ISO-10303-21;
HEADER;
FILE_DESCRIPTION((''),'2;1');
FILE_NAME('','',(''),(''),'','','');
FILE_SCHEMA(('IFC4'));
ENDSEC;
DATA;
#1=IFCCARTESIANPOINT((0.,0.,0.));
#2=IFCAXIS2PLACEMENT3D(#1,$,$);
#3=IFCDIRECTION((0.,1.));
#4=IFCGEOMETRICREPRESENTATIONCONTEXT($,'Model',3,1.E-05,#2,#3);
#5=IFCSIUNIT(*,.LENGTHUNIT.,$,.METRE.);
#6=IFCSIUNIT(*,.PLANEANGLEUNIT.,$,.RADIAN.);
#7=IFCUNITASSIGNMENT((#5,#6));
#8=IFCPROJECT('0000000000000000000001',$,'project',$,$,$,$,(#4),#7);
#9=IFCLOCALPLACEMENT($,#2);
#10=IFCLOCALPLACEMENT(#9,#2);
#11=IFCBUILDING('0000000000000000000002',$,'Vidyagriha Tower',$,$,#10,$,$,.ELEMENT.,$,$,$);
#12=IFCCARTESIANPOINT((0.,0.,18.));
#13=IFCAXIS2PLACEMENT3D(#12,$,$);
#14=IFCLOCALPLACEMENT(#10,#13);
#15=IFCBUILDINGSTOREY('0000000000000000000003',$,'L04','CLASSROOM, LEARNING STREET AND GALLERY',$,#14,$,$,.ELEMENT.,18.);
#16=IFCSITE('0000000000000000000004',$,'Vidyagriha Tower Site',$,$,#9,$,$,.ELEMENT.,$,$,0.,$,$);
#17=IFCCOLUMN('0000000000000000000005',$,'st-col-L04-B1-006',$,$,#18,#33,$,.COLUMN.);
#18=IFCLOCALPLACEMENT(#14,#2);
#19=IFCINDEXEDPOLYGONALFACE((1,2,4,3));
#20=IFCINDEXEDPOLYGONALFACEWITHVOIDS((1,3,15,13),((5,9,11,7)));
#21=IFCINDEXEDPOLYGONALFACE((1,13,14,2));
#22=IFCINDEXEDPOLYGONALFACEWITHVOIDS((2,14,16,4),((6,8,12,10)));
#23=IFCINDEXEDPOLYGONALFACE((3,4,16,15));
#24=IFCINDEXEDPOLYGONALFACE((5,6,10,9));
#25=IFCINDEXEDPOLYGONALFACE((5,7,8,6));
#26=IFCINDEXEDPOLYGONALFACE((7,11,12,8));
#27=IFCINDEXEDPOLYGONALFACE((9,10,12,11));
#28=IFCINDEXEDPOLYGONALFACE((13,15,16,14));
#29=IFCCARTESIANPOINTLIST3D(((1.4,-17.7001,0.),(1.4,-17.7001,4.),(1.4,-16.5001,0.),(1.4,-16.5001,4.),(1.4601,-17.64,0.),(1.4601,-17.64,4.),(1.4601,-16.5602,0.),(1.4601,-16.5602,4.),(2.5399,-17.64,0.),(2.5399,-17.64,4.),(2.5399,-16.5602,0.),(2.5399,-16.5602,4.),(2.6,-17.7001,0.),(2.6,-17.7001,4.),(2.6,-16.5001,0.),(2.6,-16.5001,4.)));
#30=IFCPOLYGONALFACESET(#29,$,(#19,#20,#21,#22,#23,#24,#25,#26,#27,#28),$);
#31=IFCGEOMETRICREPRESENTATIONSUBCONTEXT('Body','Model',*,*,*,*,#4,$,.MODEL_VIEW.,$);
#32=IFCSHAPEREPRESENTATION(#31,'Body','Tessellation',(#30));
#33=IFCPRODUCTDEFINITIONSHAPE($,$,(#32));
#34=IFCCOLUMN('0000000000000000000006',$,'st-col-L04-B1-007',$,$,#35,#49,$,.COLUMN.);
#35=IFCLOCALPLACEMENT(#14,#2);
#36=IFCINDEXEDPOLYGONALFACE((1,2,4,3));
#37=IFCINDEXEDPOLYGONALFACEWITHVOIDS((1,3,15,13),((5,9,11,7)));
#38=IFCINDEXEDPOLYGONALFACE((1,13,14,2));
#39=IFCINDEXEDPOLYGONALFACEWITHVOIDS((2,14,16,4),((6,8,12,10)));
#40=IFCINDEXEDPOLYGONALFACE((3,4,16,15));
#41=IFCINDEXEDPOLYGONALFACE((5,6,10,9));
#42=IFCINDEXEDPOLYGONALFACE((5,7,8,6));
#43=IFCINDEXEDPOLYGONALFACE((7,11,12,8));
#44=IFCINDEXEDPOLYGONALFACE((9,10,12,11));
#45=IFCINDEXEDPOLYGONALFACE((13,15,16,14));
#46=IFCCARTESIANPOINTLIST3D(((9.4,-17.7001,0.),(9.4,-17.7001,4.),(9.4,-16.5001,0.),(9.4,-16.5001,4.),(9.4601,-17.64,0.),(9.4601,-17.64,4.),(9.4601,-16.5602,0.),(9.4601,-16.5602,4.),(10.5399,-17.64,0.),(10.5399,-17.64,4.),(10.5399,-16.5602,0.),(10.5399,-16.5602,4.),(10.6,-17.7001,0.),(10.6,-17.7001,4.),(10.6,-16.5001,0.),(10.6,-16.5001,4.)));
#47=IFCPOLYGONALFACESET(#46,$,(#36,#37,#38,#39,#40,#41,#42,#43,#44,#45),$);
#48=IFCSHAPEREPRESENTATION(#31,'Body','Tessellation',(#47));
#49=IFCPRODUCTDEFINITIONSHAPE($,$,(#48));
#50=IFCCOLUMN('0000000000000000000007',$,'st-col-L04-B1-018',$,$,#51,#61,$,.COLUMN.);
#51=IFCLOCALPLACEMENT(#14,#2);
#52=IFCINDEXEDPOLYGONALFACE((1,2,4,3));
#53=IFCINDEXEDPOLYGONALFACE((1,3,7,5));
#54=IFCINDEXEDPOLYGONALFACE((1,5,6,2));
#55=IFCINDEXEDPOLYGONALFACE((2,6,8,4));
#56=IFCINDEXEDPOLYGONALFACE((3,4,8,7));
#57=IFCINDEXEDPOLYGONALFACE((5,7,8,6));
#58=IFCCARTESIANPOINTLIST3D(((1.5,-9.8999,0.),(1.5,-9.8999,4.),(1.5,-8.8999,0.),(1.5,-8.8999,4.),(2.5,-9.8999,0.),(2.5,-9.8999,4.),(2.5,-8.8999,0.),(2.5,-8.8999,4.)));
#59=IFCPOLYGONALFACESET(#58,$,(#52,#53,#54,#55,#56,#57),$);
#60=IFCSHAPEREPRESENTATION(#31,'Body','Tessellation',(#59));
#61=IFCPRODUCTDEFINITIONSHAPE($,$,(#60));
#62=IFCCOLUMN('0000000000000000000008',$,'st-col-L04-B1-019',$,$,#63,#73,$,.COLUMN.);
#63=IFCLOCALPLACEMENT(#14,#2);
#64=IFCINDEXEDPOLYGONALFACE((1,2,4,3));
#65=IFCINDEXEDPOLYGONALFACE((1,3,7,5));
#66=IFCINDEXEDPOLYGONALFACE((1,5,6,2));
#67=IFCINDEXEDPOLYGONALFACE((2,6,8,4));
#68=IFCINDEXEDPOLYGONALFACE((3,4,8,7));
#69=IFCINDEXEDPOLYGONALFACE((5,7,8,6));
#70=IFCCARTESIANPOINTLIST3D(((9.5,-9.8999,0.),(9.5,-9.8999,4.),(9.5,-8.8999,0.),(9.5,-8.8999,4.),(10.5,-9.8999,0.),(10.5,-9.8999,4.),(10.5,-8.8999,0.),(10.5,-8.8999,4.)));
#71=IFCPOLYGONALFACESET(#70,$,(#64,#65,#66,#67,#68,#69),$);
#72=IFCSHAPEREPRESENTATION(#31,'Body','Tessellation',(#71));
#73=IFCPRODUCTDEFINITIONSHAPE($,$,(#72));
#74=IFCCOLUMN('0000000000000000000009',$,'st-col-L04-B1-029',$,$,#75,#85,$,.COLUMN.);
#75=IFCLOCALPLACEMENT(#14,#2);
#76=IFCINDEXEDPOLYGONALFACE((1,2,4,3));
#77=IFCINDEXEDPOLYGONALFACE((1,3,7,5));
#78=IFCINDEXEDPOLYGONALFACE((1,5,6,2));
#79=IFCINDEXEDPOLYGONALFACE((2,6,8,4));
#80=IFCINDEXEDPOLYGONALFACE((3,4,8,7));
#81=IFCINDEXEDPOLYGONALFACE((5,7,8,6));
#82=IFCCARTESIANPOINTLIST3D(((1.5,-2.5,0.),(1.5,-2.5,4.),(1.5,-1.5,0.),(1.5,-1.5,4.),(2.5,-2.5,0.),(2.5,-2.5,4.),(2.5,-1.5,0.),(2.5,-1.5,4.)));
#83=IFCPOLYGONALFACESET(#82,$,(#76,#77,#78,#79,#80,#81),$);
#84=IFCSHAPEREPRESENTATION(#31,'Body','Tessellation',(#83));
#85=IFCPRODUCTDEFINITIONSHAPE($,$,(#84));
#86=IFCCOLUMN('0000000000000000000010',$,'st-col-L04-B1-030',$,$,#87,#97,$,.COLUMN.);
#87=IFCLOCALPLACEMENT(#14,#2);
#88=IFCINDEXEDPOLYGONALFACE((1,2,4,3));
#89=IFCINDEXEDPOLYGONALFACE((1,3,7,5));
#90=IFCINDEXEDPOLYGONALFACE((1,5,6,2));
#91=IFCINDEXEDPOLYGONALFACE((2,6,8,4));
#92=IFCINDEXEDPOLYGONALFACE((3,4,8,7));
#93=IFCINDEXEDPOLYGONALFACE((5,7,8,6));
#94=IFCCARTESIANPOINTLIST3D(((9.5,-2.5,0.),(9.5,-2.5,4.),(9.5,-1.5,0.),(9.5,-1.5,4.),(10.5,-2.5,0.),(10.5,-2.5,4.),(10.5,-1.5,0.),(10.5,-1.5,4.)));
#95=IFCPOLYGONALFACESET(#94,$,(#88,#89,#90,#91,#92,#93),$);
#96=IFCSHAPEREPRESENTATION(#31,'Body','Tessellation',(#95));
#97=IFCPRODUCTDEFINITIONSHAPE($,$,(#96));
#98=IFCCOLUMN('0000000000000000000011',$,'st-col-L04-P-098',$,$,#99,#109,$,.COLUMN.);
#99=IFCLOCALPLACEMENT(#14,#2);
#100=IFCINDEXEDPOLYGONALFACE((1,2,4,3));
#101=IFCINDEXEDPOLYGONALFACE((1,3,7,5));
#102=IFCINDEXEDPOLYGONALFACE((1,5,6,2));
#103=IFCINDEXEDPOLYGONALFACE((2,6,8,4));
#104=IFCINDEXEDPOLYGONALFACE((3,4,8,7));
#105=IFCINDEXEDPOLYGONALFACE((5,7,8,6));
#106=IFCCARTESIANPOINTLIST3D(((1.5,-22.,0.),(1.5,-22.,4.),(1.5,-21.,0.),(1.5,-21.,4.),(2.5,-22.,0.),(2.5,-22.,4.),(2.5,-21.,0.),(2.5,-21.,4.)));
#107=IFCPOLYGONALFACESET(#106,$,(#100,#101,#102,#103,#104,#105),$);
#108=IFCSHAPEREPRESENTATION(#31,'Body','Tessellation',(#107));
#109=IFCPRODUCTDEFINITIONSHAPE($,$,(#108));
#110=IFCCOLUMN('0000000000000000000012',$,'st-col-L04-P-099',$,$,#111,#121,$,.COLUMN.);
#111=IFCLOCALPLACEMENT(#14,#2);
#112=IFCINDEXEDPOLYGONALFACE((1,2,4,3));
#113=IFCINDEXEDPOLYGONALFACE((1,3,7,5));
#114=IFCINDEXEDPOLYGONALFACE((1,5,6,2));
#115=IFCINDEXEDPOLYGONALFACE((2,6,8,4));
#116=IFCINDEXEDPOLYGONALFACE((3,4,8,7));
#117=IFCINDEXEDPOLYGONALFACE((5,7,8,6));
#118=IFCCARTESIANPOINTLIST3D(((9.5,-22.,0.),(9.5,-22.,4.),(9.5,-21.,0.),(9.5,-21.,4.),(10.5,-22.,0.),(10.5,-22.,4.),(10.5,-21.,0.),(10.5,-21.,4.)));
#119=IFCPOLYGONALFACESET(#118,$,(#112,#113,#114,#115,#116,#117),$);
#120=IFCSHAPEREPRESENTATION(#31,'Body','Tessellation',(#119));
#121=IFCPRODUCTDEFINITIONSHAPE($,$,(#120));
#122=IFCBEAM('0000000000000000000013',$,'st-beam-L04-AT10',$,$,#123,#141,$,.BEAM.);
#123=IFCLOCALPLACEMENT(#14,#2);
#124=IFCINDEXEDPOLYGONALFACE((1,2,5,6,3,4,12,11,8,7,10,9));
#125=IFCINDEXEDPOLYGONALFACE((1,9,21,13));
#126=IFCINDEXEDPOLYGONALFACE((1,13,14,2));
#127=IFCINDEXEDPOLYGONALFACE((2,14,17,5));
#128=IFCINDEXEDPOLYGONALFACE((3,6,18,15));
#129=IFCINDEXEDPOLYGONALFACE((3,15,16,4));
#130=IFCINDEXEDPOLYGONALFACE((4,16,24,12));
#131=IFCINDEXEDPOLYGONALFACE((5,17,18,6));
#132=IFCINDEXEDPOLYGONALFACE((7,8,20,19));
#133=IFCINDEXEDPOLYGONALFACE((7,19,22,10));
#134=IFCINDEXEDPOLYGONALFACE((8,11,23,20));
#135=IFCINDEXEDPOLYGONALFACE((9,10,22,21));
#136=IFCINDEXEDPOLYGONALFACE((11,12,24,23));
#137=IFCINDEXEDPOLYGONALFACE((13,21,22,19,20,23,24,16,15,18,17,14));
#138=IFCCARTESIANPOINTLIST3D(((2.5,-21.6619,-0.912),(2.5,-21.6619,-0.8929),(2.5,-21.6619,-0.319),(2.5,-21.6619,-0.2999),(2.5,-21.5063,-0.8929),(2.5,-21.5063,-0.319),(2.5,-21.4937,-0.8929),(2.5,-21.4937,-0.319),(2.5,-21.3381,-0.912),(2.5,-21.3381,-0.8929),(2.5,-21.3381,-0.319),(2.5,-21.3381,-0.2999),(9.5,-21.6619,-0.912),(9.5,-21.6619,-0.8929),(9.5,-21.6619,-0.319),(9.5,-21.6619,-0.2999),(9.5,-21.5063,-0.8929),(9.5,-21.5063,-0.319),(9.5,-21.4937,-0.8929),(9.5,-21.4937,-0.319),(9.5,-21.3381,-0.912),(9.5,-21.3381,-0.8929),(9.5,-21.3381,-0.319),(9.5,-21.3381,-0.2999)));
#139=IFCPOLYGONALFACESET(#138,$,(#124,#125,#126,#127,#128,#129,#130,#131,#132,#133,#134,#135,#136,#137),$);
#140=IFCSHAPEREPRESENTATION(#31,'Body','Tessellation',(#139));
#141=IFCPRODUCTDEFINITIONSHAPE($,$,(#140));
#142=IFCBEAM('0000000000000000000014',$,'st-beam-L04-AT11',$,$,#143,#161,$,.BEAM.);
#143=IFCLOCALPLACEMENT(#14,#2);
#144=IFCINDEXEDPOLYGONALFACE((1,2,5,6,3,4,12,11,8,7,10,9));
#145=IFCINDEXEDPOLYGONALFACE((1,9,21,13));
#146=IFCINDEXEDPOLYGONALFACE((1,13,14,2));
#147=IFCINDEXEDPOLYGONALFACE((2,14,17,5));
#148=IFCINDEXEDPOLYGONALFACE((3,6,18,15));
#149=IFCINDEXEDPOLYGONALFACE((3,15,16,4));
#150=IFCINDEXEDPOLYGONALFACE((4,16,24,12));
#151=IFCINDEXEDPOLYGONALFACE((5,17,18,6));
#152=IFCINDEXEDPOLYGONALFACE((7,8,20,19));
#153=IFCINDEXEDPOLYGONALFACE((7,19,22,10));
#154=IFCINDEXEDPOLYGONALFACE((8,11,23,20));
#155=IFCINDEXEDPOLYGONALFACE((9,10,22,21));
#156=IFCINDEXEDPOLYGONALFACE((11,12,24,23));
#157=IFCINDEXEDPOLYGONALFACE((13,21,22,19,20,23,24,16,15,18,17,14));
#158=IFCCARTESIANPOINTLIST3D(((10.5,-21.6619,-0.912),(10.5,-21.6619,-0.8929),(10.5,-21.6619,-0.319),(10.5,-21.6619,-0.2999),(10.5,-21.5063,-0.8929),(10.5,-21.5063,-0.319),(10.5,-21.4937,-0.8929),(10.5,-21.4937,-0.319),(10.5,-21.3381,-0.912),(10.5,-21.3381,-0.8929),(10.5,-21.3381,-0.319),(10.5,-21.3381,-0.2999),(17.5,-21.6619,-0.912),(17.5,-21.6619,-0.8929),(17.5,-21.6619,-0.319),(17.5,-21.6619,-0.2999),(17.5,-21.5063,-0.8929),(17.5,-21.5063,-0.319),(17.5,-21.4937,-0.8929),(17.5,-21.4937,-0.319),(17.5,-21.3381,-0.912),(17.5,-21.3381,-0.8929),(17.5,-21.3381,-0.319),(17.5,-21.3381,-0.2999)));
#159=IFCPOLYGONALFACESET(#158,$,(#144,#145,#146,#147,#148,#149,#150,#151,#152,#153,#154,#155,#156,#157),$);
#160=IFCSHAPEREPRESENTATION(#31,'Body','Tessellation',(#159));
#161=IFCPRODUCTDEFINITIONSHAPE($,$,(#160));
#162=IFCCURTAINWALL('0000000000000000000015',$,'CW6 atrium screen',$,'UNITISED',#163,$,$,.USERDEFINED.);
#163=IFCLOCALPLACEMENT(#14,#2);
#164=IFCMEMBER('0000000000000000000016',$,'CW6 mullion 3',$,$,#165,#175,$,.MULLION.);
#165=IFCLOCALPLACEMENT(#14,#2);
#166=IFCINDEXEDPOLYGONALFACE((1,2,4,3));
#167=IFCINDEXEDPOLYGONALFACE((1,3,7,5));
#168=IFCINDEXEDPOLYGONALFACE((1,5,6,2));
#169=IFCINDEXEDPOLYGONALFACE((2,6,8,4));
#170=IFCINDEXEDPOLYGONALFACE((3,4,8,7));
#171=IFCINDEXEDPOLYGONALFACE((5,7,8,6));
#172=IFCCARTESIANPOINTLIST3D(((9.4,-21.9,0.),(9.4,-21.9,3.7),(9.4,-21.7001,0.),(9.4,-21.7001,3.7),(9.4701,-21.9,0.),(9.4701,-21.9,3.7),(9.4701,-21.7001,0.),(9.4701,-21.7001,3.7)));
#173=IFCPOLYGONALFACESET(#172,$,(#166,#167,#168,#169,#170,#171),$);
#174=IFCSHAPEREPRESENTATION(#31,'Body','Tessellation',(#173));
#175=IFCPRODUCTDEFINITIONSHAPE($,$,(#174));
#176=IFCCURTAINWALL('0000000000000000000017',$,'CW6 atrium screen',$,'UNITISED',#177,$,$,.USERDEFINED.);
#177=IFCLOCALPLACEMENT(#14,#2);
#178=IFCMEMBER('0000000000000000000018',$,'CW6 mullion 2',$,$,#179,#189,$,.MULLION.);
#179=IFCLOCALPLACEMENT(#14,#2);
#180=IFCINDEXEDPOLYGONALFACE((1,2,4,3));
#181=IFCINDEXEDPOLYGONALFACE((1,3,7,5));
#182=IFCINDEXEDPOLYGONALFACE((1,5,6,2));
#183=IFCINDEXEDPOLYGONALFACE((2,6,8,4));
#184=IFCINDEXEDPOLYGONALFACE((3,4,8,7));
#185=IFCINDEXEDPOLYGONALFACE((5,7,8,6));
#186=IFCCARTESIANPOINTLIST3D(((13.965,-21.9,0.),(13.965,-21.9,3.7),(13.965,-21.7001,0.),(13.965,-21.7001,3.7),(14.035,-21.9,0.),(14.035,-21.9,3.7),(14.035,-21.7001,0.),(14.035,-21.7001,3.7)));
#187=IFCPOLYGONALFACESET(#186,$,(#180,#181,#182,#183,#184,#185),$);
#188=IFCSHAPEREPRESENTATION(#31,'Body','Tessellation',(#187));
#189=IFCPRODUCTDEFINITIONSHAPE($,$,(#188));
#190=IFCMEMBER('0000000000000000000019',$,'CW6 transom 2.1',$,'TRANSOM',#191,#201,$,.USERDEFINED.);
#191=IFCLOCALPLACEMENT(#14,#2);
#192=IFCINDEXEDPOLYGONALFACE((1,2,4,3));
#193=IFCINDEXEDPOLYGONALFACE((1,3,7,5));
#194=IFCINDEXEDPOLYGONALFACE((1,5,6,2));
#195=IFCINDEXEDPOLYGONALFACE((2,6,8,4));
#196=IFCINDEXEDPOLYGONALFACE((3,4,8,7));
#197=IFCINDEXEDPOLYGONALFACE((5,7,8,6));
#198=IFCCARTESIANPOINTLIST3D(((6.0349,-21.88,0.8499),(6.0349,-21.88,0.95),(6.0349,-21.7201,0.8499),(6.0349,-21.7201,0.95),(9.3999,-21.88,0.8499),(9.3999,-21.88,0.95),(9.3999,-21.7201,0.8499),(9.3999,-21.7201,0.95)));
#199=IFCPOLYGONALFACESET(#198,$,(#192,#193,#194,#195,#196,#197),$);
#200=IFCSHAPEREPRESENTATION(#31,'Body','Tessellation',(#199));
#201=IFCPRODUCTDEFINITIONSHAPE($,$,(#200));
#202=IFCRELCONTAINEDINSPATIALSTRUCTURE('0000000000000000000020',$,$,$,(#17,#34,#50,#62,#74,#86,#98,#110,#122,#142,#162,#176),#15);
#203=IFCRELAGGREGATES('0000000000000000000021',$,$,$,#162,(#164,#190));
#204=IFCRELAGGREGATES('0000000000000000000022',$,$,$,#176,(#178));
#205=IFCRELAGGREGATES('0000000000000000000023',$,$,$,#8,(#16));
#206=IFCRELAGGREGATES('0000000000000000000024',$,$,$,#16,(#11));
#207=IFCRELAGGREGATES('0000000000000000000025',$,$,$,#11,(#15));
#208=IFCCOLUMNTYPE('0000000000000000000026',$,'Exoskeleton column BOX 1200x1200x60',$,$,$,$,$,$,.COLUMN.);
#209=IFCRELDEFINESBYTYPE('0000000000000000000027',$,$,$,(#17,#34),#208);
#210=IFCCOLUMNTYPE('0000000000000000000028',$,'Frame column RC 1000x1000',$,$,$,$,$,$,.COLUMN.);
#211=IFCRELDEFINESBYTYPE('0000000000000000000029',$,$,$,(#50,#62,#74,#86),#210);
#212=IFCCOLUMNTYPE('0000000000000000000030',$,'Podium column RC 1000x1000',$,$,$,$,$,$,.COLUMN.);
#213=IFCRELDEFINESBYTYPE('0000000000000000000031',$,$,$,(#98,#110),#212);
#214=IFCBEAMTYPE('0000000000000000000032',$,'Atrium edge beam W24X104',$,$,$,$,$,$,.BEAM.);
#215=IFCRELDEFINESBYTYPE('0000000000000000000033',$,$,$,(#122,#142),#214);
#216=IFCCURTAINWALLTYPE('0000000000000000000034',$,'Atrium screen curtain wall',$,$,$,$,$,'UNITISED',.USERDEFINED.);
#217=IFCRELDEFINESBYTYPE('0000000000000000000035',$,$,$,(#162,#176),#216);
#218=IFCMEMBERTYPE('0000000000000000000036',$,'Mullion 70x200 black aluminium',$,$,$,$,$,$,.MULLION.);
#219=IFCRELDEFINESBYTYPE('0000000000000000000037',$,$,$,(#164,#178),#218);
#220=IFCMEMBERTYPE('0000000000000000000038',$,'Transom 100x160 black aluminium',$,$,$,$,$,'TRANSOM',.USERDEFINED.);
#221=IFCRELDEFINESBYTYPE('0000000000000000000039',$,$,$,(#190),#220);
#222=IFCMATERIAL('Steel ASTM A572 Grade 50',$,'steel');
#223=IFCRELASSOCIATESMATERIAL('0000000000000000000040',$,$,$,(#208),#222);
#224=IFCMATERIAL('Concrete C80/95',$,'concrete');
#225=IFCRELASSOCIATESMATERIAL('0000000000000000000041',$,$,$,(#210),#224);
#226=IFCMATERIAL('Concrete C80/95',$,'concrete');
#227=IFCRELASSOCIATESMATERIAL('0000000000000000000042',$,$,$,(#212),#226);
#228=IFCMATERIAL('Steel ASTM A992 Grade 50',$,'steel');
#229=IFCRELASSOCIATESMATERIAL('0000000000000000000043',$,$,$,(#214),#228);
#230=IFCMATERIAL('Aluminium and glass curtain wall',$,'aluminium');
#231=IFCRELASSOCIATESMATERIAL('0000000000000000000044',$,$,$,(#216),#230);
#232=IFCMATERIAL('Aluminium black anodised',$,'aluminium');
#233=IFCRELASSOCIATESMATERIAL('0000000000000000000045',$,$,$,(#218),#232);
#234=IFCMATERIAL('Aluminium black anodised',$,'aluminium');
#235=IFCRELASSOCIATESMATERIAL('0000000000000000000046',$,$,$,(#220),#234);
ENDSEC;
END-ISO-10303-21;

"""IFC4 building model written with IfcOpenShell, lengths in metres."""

from ifc_helpers import new_model, si_unit, direction, frame, origin, origin_2d, place, context, subcontext, project, spatial, rectangle, hollow_rectangle, i_section, extrude, material, material_profile, profile_set, type_object, element, aggregate, save


model = new_model("IFC4")

# Units and contexts
model_context = context("Model", 3, precision=1e-05, world=origin(), true_north=direction((0.0, 1.0)))
body_context = subcontext(model_context, "Body", "Model", "MODEL_VIEW")
ifc_project = project(units=[si_unit("LENGTHUNIT", "METRE"), si_unit("PLANEANGLEUNIT", "RADIAN")], contexts=[model_context])

# Site, building, storey
site_placement = place(None, origin())
site = spatial("IfcSite", under=ifc_project, at=site_placement, Name="Vidyagriha Tower Site", CompositionType="ELEMENT", RefElevation=0.0)
building_placement = place(site_placement, origin())
building = spatial("IfcBuilding", under=site, at=building_placement, Name="Vidyagriha Tower", CompositionType="ELEMENT")
storey_placement = place(building_placement, frame((0.0, 0.0, 18.0)))
storey = spatial("IfcBuildingStorey", under=building, at=storey_placement, Name="L04", Description="CLASSROOM, LEARNING STREET AND GALLERY", CompositionType="ELEMENT", Elevation=18.0)

# Columns
ifc_material_1 = material(Name="Steel ASTM A572 Grade 50", Category="steel")
ifc_material_profile_1 = material_profile(ifc_material_1, hollow_rectangle(XDim=1.2, YDim=1.2, WallThickness=0.0601, at=origin_2d()), Name="BOX 1200x1200x60")
ifc_profile_set_1 = profile_set([ifc_material_profile_1], Name="Steel ASTM A572 Grade 50")
column_type_1 = type_object("IfcColumnType", Name="Exoskeleton column BOX 1200x1200x60", PredefinedType="COLUMN", material=ifc_profile_set_1)
for number, where, name in (
    (1, (2.0, -17.1001, 0.0), "st-col-L04-B1-006"),
    (2, (10.0, -17.1001, 0.0), "st-col-L04-B1-007"),
):
    element("IfcColumn", number, at=place(storey_placement, frame(where)), inside=storey, type_object=column_type_1, Name=name, PredefinedType="COLUMN", context=body_context, shape_type="SweptSolid", body=[
        extrude(hollow_rectangle(XDim=1.2, YDim=1.2, WallThickness=0.0601, at=origin_2d()), origin(), (0.0, 0.0, 1.0), 4.0),
    ])
ifc_material_2 = material(Name="Concrete C80/95", Category="concrete")
ifc_material_profile_2 = material_profile(ifc_material_2, rectangle(XDim=1.0, YDim=1.0, at=origin_2d()), Name="RC 1000x1000")
ifc_profile_set_2 = profile_set([ifc_material_profile_2], Name="Concrete C80/95")
column_type_2 = type_object("IfcColumnType", Name="Frame column RC 1000x1000", PredefinedType="COLUMN", material=ifc_profile_set_2)
for number, where, name in (
    (3, (2.0, -9.3999, 0.0), "st-col-L04-B1-018"),
    (4, (10.0, -9.3999, 0.0), "st-col-L04-B1-019"),
    (5, (2.0, -2.0, 0.0), "st-col-L04-B1-029"),
    (6, (10.0, -2.0, 0.0), "st-col-L04-B1-030"),
):
    element("IfcColumn", number, at=place(storey_placement, frame(where)), inside=storey, type_object=column_type_2, Name=name, PredefinedType="COLUMN", context=body_context, shape_type="SweptSolid", body=[
        extrude(rectangle(XDim=1.0, YDim=1.0, at=origin_2d()), origin(), (0.0, 0.0, 1.0), 4.0),
    ])
ifc_material_3 = material(Name="Concrete C80/95", Category="concrete")
ifc_material_profile_3 = material_profile(ifc_material_3, rectangle(XDim=1.0, YDim=1.0, at=origin_2d()), Name="RC 1000x1000")
ifc_profile_set_3 = profile_set([ifc_material_profile_3], Name="Concrete C80/95")
column_type_3 = type_object("IfcColumnType", Name="Podium column RC 1000x1000", PredefinedType="COLUMN", material=ifc_profile_set_3)
for number, where, name in (
    (7, (2.0, -21.5, 0.0), "st-col-L04-P-098"),
    (8, (10.0, -21.5, 0.0), "st-col-L04-P-099"),
):
    element("IfcColumn", number, at=place(storey_placement, frame(where)), inside=storey, type_object=column_type_3, Name=name, PredefinedType="COLUMN", context=body_context, shape_type="SweptSolid", body=[
        extrude(rectangle(XDim=1.0, YDim=1.0, at=origin_2d()), origin(), (0.0, 0.0, 1.0), 4.0),
    ])

# Beams
ifc_material_4 = material(Name="Steel ASTM A992 Grade 50", Category="steel")
ifc_material_profile_4 = material_profile(ifc_material_4, i_section(OverallWidth=0.3237, OverallDepth=0.6121, WebThickness=0.0127, FlangeThickness=0.019, at=origin_2d()), Name="W24X104")
ifc_profile_set_4 = profile_set([ifc_material_profile_4], Name="Steel ASTM A992 Grade 50")
beam_type = type_object("IfcBeamType", Name="Atrium edge beam W24X104", PredefinedType="BEAM", material=ifc_profile_set_4)
for number, where, z_axis, x_axis, name in (
    (9, (2.5, -21.5, -0.606), (1.0, 0.0, 0.0), (0.0, 1.0, 0.0), "st-beam-L04-AT10"),
    (10, (10.5, -21.5, -0.606), (1.0, 0.0, 0.0), (0.0, 1.0, 0.0), "st-beam-L04-AT11"),
):
    element("IfcBeam", number, at=place(storey_placement, frame(where, z_axis=z_axis, x_axis=x_axis)), inside=storey, type_object=beam_type, Name=name, PredefinedType="BEAM", context=body_context, shape_type="SweptSolid", body=[
        extrude(i_section(OverallWidth=0.3237, OverallDepth=0.6121, WebThickness=0.0127, FlangeThickness=0.019, at=origin_2d()), origin(), (0.0, 0.0, 1.0), 7.0),
    ])

# Curtain walls, members
ifc_material_5 = material(Name="Aluminium and glass curtain wall", Category="aluminium")
curtain_wall_type = type_object("IfcCurtainWallType", Name="Atrium screen curtain wall", ElementType="UNITISED", PredefinedType="USERDEFINED", material=ifc_material_5)
curtain_wall_1_placement = place(storey_placement, origin())
curtain_wall_1 = element("IfcCurtainWall", 11, at=curtain_wall_1_placement, inside=storey, type_object=curtain_wall_type, Name="CW6 atrium screen", ObjectType="UNITISED", PredefinedType="USERDEFINED")
ifc_material_6 = material(Name="Aluminium black anodised", Category="aluminium")
ifc_material_profile_5 = material_profile(ifc_material_6, rectangle(XDim=0.2, YDim=0.0701, at=origin_2d()), Name="Mullion 70x200 black aluminium")
ifc_profile_set_5 = profile_set([ifc_material_profile_5], Name="Aluminium black anodised")
member_type_1 = type_object("IfcMemberType", Name="Mullion 70x200 black aluminium", PredefinedType="MULLION", material=ifc_profile_set_5)
member_1_placement = place(storey_placement, frame((9.4351, -21.8, 0.0), z_axis=(0.0, 0.0, 1.0), x_axis=(0.0, 1.0, 0.0)))
member_1 = element("IfcMember", 12, at=member_1_placement, type_object=member_type_1, Name="CW6 mullion 3", PredefinedType="MULLION", context=body_context, shape_type="SweptSolid", body=[
    extrude(rectangle(XDim=0.2, YDim=0.0701, at=origin_2d()), origin(), (0.0, 0.0, 1.0), 3.7),
])
curtain_wall_2_placement = place(storey_placement, origin())
curtain_wall_2 = element("IfcCurtainWall", 13, at=curtain_wall_2_placement, inside=storey, type_object=curtain_wall_type, Name="CW6 atrium screen", ObjectType="UNITISED", PredefinedType="USERDEFINED")
member_2_placement = place(storey_placement, frame((14.0, -21.8, 0.0), z_axis=(0.0, 0.0, 1.0), x_axis=(0.0, 1.0, 0.0)))
member_2 = element("IfcMember", 14, at=member_2_placement, type_object=member_type_1, Name="CW6 mullion 2", PredefinedType="MULLION", context=body_context, shape_type="SweptSolid", body=[
    extrude(rectangle(XDim=0.2, YDim=0.0701, at=origin_2d()), origin(), (0.0, 0.0, 1.0), 3.7),
])

# Member
ifc_material_7 = material(Name="Aluminium black anodised", Category="aluminium")
ifc_material_profile_6 = material_profile(ifc_material_7, rectangle(XDim=0.1599, YDim=0.1001, at=origin_2d()), Name="Transom 100x160 black aluminium")
ifc_profile_set_6 = profile_set([ifc_material_profile_6], Name="Aluminium black anodised")
member_type_2 = type_object("IfcMemberType", Name="Transom 100x160 black aluminium", ElementType="TRANSOM", PredefinedType="USERDEFINED", material=ifc_profile_set_6)
member_3_placement = place(storey_placement, frame((6.0349, -21.8, 0.8999), z_axis=(1.0, 0.0, 0.0), x_axis=(0.0, 1.0, 0.0)))
member_3 = element("IfcMember", 15, at=member_3_placement, type_object=member_type_2, Name="CW6 transom 2.1", ObjectType="TRANSOM", PredefinedType="USERDEFINED", context=body_context, shape_type="SweptSolid", body=[
    extrude(rectangle(XDim=0.1599, YDim=0.1001, at=origin_2d()), origin(), (0.0, 0.0, 1.0), 3.365),
])

aggregate(curtain_wall_1, [member_1, member_3])
aggregate(curtain_wall_2, [member_2])

save(model, "model.ifc")
